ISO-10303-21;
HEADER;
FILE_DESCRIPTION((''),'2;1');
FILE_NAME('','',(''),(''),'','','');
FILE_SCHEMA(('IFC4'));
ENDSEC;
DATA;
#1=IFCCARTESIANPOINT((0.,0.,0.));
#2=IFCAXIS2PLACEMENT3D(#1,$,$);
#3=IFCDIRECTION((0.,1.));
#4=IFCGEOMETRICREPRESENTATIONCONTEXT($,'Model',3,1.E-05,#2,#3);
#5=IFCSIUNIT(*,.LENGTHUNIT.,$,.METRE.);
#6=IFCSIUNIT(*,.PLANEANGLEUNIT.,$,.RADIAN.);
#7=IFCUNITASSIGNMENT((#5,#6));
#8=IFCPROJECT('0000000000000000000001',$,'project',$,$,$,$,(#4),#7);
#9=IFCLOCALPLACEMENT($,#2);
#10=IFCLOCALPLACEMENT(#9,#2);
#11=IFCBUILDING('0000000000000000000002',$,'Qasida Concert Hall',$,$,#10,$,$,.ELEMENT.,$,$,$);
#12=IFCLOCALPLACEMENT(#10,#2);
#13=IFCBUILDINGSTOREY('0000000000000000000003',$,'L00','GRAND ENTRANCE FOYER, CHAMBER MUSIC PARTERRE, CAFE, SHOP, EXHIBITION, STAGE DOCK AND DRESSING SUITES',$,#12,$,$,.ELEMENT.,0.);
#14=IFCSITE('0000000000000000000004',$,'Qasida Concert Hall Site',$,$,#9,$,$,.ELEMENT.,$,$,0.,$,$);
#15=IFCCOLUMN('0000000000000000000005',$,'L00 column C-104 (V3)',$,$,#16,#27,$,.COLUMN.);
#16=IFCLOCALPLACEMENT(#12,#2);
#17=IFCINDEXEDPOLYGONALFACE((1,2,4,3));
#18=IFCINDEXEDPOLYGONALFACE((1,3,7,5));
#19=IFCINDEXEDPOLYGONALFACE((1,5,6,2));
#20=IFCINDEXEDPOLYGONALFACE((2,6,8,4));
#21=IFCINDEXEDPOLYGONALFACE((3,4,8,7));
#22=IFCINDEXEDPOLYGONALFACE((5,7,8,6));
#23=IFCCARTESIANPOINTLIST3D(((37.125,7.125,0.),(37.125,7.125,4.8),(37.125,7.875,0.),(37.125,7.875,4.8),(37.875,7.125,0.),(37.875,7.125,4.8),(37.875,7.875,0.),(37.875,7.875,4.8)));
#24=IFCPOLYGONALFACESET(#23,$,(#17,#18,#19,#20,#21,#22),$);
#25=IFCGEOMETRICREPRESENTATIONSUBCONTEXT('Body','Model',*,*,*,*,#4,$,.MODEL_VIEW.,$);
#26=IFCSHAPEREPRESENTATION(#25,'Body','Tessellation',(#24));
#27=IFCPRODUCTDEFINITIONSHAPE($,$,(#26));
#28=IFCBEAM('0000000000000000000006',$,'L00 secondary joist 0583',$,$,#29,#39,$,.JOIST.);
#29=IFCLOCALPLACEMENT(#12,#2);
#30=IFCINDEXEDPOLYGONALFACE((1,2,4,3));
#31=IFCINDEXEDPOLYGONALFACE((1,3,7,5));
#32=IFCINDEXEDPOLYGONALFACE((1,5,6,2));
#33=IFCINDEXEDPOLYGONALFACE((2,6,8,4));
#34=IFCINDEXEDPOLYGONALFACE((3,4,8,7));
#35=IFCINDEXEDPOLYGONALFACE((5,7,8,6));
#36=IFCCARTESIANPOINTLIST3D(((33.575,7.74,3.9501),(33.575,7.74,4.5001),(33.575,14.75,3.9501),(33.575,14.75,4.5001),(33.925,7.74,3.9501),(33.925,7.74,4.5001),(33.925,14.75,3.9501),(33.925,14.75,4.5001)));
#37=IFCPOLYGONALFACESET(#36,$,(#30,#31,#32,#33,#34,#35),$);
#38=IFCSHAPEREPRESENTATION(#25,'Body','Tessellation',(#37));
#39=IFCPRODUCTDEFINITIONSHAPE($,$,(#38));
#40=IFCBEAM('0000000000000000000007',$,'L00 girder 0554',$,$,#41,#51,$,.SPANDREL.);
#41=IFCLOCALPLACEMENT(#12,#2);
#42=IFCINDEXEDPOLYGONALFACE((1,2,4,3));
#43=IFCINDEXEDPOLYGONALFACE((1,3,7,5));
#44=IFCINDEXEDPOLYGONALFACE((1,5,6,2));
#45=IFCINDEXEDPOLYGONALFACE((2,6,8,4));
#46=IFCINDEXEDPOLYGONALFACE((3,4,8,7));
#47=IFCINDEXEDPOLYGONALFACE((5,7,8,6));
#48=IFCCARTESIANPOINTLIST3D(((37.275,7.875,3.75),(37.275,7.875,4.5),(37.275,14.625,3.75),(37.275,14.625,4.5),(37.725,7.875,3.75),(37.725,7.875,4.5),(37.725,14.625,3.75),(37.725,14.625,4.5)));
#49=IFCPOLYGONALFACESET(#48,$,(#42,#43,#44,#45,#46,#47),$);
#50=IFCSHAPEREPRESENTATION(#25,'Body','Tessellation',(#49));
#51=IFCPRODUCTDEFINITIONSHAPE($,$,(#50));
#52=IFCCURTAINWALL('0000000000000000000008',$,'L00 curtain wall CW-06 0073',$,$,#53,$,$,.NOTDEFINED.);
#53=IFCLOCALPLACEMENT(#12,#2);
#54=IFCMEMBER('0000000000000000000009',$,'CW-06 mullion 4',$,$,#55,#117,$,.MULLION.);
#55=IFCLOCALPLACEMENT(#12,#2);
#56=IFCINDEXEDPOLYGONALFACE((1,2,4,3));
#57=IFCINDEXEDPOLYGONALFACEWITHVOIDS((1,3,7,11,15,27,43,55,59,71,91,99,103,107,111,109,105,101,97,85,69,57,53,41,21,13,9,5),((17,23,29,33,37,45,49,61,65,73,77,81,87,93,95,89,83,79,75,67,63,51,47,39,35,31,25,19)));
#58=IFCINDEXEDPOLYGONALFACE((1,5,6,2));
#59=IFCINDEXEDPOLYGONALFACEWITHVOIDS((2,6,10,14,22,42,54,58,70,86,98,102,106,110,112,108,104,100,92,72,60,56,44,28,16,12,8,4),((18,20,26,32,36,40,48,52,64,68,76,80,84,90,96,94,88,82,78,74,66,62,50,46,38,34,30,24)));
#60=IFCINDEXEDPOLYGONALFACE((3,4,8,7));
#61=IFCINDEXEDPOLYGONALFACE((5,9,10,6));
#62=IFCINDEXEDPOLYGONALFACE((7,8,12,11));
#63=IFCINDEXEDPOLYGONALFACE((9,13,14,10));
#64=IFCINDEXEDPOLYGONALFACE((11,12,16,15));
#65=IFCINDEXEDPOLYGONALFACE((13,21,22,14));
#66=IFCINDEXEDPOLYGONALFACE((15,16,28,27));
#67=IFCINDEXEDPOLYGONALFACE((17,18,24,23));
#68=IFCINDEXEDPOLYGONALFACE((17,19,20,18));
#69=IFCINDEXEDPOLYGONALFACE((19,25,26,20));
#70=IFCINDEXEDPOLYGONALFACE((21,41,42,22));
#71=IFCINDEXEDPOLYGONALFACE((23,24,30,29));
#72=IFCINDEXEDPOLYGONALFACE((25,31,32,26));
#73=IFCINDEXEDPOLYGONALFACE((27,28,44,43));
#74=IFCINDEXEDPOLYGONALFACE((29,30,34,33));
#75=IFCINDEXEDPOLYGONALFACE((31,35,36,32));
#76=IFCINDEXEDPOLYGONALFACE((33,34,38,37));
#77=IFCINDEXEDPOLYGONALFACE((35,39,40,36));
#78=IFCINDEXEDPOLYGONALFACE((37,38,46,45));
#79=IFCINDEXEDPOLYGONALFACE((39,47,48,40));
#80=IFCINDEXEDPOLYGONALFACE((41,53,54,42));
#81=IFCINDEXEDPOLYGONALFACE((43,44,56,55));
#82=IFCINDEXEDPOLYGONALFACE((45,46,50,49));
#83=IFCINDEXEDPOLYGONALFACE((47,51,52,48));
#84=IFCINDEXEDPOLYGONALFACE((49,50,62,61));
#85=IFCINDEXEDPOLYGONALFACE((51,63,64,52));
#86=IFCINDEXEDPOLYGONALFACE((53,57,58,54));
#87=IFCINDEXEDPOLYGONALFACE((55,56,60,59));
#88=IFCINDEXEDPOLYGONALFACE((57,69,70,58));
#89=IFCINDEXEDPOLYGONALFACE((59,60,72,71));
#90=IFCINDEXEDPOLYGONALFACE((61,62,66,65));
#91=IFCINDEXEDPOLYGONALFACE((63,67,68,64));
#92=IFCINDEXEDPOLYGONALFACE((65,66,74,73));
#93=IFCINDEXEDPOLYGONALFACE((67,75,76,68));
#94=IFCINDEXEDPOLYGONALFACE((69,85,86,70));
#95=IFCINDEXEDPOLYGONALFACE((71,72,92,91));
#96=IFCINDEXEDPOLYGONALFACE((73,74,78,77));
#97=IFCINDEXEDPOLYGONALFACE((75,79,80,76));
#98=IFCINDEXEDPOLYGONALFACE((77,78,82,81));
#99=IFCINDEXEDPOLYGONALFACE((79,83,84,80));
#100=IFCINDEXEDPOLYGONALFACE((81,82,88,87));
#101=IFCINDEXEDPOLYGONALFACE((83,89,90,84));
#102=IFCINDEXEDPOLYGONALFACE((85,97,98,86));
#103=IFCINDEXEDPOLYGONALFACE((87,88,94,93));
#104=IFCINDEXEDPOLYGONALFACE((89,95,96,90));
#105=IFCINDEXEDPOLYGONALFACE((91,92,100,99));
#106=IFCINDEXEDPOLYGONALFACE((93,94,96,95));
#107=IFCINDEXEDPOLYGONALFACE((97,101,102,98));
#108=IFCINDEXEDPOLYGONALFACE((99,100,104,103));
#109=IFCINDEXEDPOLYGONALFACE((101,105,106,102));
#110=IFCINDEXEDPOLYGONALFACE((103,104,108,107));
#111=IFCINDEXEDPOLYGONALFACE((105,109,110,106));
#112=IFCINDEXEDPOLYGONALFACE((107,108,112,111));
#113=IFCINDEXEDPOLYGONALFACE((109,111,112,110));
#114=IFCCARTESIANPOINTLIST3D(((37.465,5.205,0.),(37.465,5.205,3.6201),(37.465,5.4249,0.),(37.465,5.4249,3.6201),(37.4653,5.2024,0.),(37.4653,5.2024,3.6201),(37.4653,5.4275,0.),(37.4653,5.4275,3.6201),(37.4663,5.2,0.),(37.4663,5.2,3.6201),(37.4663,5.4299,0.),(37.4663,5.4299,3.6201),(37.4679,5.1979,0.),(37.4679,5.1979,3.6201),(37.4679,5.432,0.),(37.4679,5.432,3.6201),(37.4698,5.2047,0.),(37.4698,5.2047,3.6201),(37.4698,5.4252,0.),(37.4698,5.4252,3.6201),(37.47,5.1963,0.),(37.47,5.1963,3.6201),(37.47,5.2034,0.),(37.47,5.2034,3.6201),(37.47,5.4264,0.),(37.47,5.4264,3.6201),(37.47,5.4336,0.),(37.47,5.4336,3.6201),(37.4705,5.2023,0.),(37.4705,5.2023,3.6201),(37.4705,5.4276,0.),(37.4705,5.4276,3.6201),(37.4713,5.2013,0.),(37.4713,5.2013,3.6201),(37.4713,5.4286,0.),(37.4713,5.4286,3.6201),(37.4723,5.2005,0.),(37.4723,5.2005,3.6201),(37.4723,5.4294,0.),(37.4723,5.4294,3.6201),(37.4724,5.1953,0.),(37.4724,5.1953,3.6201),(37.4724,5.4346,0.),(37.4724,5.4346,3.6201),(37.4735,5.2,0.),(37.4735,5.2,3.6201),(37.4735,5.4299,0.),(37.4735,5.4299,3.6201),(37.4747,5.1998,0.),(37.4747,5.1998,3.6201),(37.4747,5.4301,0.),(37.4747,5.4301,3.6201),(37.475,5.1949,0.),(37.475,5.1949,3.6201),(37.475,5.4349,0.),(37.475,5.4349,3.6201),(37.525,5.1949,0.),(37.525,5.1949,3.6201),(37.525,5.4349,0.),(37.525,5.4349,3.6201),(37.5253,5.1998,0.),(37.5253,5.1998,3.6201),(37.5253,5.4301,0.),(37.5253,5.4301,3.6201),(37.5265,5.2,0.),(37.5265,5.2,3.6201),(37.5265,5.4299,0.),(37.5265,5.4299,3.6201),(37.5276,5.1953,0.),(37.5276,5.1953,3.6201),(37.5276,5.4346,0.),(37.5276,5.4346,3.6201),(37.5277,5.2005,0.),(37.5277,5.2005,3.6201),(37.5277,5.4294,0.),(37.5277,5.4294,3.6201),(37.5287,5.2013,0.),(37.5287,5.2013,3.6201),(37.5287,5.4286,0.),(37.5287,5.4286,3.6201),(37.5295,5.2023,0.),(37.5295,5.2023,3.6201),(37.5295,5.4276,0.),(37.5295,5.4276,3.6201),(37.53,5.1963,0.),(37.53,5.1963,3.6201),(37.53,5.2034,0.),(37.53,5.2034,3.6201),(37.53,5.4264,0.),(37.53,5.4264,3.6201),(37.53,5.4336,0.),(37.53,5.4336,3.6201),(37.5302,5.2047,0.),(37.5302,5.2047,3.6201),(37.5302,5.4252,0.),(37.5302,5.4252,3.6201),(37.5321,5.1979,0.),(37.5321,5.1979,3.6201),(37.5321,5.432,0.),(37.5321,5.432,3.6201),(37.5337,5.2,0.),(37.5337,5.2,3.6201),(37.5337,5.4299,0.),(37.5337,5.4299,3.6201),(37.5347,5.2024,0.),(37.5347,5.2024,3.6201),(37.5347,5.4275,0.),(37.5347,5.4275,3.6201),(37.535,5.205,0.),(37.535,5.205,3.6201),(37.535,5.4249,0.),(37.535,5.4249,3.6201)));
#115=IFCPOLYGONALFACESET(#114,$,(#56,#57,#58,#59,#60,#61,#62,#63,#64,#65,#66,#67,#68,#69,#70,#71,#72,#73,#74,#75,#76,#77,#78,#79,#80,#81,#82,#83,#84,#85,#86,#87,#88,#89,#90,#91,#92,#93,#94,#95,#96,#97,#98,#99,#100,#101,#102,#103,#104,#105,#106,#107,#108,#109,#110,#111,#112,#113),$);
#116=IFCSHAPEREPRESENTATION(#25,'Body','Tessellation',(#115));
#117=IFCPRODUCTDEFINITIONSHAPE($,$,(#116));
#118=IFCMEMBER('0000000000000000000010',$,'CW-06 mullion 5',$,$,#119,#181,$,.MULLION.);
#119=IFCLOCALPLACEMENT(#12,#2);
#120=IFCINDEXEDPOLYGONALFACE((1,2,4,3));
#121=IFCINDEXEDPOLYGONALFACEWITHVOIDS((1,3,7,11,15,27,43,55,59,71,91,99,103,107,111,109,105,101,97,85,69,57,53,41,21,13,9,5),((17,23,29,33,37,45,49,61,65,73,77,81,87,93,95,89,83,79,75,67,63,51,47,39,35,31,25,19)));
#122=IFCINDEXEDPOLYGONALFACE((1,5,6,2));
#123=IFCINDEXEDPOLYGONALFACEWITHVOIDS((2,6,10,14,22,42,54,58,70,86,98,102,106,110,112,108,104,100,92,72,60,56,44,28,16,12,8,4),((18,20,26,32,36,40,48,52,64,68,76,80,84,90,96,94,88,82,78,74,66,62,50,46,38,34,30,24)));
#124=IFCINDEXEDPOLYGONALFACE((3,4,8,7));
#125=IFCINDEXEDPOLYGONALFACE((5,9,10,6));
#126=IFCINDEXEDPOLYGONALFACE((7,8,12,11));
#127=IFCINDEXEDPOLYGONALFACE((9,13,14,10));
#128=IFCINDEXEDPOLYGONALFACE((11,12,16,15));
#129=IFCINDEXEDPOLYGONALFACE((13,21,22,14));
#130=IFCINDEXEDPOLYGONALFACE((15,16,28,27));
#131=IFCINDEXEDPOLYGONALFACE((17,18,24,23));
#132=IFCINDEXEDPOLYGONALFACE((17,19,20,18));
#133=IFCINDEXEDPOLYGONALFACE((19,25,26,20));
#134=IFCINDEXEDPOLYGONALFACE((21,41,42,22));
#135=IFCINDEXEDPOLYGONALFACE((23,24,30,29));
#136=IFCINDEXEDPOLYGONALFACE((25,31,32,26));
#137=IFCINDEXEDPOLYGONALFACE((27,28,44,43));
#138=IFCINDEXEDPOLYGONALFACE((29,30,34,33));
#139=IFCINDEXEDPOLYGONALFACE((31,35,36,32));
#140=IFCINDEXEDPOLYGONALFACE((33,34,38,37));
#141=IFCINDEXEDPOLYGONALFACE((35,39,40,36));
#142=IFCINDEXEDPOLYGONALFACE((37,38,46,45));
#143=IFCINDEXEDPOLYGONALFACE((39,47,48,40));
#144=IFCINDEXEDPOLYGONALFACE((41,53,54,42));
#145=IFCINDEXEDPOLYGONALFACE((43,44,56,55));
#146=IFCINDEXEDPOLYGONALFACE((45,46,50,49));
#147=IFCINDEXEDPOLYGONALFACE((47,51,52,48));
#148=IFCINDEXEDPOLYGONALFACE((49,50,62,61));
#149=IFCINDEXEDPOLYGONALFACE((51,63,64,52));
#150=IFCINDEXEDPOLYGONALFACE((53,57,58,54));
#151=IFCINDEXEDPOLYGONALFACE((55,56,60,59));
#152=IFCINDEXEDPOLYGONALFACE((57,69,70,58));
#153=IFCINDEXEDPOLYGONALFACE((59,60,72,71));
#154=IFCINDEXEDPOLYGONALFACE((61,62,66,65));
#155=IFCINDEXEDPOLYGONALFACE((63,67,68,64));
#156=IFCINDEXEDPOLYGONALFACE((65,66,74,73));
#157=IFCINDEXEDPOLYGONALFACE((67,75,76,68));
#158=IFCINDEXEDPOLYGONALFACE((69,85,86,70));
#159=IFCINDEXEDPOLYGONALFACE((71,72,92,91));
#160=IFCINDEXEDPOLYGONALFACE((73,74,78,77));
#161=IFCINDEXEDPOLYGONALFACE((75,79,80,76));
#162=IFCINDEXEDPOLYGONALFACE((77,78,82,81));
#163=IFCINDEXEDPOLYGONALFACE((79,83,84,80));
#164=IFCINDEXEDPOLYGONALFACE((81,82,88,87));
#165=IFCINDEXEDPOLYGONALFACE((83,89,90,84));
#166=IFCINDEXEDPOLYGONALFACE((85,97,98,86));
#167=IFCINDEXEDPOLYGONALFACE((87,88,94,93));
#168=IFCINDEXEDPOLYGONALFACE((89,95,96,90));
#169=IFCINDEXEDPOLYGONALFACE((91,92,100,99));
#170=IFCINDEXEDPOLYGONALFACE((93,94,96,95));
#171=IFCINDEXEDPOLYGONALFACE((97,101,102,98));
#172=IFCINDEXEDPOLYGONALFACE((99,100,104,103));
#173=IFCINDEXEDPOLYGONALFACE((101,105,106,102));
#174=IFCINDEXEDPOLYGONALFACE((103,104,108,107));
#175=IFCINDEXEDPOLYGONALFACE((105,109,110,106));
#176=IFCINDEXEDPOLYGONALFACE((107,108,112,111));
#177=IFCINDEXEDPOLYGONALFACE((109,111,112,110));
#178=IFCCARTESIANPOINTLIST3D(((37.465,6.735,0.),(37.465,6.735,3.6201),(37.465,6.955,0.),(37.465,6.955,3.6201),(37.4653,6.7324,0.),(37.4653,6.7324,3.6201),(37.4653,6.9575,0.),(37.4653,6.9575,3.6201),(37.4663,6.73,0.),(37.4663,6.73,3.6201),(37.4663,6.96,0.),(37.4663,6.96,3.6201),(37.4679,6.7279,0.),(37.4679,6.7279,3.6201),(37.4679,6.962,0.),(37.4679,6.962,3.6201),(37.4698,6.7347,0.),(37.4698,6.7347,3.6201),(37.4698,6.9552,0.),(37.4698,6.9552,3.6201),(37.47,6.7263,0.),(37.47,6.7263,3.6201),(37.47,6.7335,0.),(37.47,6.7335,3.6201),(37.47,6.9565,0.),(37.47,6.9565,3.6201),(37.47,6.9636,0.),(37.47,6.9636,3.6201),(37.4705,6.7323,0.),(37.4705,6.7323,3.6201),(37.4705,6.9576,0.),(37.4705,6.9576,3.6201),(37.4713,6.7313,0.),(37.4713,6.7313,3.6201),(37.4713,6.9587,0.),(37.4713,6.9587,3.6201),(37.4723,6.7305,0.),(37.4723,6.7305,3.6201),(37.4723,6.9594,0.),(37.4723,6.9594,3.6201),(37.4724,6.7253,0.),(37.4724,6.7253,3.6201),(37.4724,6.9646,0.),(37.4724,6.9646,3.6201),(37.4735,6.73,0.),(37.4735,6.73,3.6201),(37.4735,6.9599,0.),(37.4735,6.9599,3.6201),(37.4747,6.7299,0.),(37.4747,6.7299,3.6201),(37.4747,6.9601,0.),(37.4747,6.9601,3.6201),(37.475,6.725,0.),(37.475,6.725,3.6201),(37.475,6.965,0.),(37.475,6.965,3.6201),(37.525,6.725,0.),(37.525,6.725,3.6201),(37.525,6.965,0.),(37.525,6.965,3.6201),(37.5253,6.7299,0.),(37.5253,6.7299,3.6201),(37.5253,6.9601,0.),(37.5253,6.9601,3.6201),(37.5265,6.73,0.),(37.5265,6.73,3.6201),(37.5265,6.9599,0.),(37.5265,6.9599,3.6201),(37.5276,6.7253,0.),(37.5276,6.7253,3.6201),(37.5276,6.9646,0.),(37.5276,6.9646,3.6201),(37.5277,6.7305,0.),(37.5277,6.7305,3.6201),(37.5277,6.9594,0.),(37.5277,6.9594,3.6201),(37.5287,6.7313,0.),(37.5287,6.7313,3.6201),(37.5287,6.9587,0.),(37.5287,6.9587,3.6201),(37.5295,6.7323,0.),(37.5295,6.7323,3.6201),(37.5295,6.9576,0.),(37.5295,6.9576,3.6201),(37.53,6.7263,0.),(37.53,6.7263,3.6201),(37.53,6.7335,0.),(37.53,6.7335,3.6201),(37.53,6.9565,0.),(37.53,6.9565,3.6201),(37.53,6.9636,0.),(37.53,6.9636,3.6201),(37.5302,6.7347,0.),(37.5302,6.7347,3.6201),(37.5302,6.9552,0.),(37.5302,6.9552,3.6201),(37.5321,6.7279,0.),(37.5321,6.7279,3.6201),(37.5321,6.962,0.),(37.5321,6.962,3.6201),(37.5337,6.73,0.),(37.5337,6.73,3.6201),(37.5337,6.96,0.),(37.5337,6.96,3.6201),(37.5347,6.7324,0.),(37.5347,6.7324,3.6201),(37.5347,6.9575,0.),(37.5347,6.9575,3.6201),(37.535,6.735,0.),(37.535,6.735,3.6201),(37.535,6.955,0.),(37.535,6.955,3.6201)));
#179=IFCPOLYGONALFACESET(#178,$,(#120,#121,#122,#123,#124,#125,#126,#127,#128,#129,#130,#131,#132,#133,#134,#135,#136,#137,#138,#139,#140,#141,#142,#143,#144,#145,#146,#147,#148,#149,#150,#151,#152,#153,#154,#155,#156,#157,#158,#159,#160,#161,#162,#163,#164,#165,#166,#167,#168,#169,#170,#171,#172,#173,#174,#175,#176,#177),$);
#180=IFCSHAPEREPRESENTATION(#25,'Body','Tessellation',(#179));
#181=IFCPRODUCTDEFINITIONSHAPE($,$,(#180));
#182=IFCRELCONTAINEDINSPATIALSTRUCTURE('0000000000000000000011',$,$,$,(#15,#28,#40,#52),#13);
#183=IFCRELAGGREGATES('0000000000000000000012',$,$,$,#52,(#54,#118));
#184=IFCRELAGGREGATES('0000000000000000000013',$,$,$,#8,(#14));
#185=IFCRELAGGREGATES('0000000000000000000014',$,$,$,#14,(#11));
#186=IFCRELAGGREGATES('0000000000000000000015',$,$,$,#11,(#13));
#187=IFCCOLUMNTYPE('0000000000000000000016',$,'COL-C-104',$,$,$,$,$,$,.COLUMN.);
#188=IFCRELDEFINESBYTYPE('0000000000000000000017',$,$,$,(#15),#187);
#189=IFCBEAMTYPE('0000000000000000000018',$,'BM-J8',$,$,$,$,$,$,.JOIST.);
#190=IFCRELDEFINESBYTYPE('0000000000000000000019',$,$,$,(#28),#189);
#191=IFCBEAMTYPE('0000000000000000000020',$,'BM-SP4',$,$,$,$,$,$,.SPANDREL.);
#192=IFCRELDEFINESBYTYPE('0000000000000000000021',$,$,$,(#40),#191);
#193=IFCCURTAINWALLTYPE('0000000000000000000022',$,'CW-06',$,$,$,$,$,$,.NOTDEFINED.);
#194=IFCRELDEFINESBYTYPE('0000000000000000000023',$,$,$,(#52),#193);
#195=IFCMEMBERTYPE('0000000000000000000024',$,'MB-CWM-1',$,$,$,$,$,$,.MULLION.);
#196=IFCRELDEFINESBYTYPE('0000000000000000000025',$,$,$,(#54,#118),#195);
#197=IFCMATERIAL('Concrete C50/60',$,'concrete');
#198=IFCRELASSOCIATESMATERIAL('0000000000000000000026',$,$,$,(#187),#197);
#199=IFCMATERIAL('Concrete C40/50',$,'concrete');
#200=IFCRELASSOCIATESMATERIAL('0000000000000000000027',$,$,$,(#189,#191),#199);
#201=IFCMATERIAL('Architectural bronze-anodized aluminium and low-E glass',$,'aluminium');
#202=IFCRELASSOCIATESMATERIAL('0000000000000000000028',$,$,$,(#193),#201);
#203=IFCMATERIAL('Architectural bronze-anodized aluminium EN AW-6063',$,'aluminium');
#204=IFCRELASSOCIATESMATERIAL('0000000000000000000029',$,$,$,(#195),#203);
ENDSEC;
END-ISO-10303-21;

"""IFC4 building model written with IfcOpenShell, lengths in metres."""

from ifc_helpers import new_model, si_unit, direction, frame, origin, origin_2d, place, context, subcontext, project, spatial, rectangle, hollow_rectangle, extrude, material, material_profile, profile_set, type_object, element, aggregate, save


model = new_model("IFC4")

# Units and contexts
model_context = context("Model", 3, precision=1e-05, world=origin(), true_north=direction((0.0, 1.0)))
body_context = subcontext(model_context, "Body", "Model", "MODEL_VIEW")
ifc_project = project(units=[si_unit("LENGTHUNIT", "METRE"), si_unit("PLANEANGLEUNIT", "RADIAN")], contexts=[model_context])

# Site, building, storey
site_placement = place(None, origin())
site = spatial("IfcSite", under=ifc_project, at=site_placement, Name="Qasida Concert Hall Site", CompositionType="ELEMENT", RefElevation=0.0)
building_placement = place(site_placement, origin())
building = spatial("IfcBuilding", under=site, at=building_placement, Name="Qasida Concert Hall", CompositionType="ELEMENT")
storey_placement = place(building_placement, origin())
storey = spatial("IfcBuildingStorey", under=building, at=storey_placement, Name="L00", Description="GRAND ENTRANCE FOYER, CHAMBER MUSIC PARTERRE, CAFE, SHOP, EXHIBITION, STAGE DOCK AND DRESSING SUITES", CompositionType="ELEMENT", Elevation=0.0)

# Column
ifc_material_1 = material(Name="Concrete C50/60", Category="concrete")
ifc_material_profile_1 = material_profile(ifc_material_1, rectangle(XDim=0.75, YDim=0.75, at=origin_2d()), Name="RC 750x750")
ifc_profile_set_1 = profile_set([ifc_material_profile_1], Name="Concrete C50/60")
column_type = type_object("IfcColumnType", Name="COL-C-104", PredefinedType="COLUMN", material=ifc_profile_set_1)
column_placement = place(storey_placement, frame((37.5, 7.5, 0.0), z_axis=(0.0, 0.0, 1.0), x_axis=(1.0, 0.0, 0.0)))
element("IfcColumn", 1, at=column_placement, inside=storey, type_object=column_type, Name="L00 column C-104 (V3)", PredefinedType="COLUMN", context=body_context, shape_type="SweptSolid", body=[
    extrude(rectangle(XDim=0.75, YDim=0.75, at=origin_2d()), origin(), (0.0, 0.0, 1.0), 4.8),
])

# Beams
ifc_material_2 = material(Name="Concrete C40/50", Category="concrete")
ifc_material_profile_2 = material_profile(ifc_material_2, rectangle(XDim=0.3501, YDim=0.55, at=origin_2d()), Name="RC 350x550")
ifc_profile_set_2 = profile_set([ifc_material_profile_2], Name="Concrete C40/50")
beam_type_1 = type_object("IfcBeamType", Name="BM-J8", PredefinedType="JOIST", material=ifc_profile_set_2)
beam_1_placement = place(storey_placement, frame((33.75, 7.74, 4.2251), z_axis=(0.0, 1.0, 0.0), x_axis=(-1.0, 0.0, 0.0)))
element("IfcBeam", 2, at=beam_1_placement, inside=storey, type_object=beam_type_1, Name="L00 secondary joist 0583", PredefinedType="JOIST", context=body_context, shape_type="SweptSolid", body=[
    extrude(rectangle(XDim=0.3501, YDim=0.55, at=origin_2d()), origin(), (0.0, 0.0, 1.0), 7.01),
])
ifc_material_profile_3 = material_profile(ifc_material_2, rectangle(XDim=0.45, YDim=0.75, at=origin_2d()), Name="RC 450x750")
ifc_profile_set_3 = profile_set([ifc_material_profile_3], Name="Concrete C40/50")
beam_type_2 = type_object("IfcBeamType", Name="BM-SP4", PredefinedType="SPANDREL", material=ifc_profile_set_3)
beam_2_placement = place(storey_placement, frame((37.5, 7.875, 4.125), z_axis=(0.0, 1.0, 0.0), x_axis=(-1.0, 0.0, 0.0)))
element("IfcBeam", 3, at=beam_2_placement, inside=storey, type_object=beam_type_2, Name="L00 girder 0554", PredefinedType="SPANDREL", context=body_context, shape_type="SweptSolid", body=[
    extrude(rectangle(XDim=0.45, YDim=0.75, at=origin_2d()), origin(), (0.0, 0.0, 1.0), 6.75),
])

# Curtain wall, members
ifc_material_3 = material(Name="Architectural bronze-anodized aluminium and low-E glass", Category="aluminium")
curtain_wall_type = type_object("IfcCurtainWallType", Name="CW-06", PredefinedType="NOTDEFINED", material=ifc_material_3)
curtain_wall_1_placement = place(storey_placement, origin())
curtain_wall_1 = element("IfcCurtainWall", 4, at=curtain_wall_1_placement, inside=storey, type_object=curtain_wall_type, Name="L00 curtain wall CW-06 0073", PredefinedType="NOTDEFINED")
ifc_material_4 = material(Name="Architectural bronze-anodized aluminium EN AW-6063", Category="aluminium")
ifc_material_profile_4 = material_profile(ifc_material_4, hollow_rectangle(XDim=0.0701, YDim=0.24, WallThickness=0.0049, InnerFilletRadius=0.0049, OuterFilletRadius=0.01, at=origin_2d()), Name="CWM 240x70x5")
ifc_profile_set_4 = profile_set([ifc_material_profile_4], Name="Architectural bronze-anodized aluminium EN AW-6063")
member_type_1 = type_object("IfcMemberType", Name="MB-CWM-1", PredefinedType="MULLION", material=ifc_profile_set_4)
member_1_placement = place(storey_placement, frame((37.5, 5.3149, 0.0), z_axis=(0.0, 0.0, 1.0), x_axis=(-1.0, 0.0, 0.0)))
member_1 = element("IfcMember", 5, at=member_1_placement, type_object=member_type_1, Name="CW-06 mullion 4", PredefinedType="MULLION", context=body_context, shape_type="SweptSolid", body=[
    extrude(hollow_rectangle(XDim=0.0701, YDim=0.24, WallThickness=0.0049, InnerFilletRadius=0.0049, OuterFilletRadius=0.01, at=origin_2d()), origin(), (0.0, 0.0, 1.0), 3.6201),
])
member_2_placement = place(storey_placement, frame((37.5, 6.845, 0.0), z_axis=(0.0, 0.0, 1.0), x_axis=(-1.0, 0.0, 0.0)))
member_2 = element("IfcMember", 6, at=member_2_placement, type_object=member_type_1, Name="CW-06 mullion 5", PredefinedType="MULLION", context=body_context, shape_type="SweptSolid", body=[
    extrude(hollow_rectangle(XDim=0.0701, YDim=0.24, WallThickness=0.0049, InnerFilletRadius=0.0049, OuterFilletRadius=0.01, at=origin_2d()), origin(), (0.0, 0.0, 1.0), 3.6201),
])

aggregate(curtain_wall_1, [member_1, member_2])

save(model, "model.ifc")
